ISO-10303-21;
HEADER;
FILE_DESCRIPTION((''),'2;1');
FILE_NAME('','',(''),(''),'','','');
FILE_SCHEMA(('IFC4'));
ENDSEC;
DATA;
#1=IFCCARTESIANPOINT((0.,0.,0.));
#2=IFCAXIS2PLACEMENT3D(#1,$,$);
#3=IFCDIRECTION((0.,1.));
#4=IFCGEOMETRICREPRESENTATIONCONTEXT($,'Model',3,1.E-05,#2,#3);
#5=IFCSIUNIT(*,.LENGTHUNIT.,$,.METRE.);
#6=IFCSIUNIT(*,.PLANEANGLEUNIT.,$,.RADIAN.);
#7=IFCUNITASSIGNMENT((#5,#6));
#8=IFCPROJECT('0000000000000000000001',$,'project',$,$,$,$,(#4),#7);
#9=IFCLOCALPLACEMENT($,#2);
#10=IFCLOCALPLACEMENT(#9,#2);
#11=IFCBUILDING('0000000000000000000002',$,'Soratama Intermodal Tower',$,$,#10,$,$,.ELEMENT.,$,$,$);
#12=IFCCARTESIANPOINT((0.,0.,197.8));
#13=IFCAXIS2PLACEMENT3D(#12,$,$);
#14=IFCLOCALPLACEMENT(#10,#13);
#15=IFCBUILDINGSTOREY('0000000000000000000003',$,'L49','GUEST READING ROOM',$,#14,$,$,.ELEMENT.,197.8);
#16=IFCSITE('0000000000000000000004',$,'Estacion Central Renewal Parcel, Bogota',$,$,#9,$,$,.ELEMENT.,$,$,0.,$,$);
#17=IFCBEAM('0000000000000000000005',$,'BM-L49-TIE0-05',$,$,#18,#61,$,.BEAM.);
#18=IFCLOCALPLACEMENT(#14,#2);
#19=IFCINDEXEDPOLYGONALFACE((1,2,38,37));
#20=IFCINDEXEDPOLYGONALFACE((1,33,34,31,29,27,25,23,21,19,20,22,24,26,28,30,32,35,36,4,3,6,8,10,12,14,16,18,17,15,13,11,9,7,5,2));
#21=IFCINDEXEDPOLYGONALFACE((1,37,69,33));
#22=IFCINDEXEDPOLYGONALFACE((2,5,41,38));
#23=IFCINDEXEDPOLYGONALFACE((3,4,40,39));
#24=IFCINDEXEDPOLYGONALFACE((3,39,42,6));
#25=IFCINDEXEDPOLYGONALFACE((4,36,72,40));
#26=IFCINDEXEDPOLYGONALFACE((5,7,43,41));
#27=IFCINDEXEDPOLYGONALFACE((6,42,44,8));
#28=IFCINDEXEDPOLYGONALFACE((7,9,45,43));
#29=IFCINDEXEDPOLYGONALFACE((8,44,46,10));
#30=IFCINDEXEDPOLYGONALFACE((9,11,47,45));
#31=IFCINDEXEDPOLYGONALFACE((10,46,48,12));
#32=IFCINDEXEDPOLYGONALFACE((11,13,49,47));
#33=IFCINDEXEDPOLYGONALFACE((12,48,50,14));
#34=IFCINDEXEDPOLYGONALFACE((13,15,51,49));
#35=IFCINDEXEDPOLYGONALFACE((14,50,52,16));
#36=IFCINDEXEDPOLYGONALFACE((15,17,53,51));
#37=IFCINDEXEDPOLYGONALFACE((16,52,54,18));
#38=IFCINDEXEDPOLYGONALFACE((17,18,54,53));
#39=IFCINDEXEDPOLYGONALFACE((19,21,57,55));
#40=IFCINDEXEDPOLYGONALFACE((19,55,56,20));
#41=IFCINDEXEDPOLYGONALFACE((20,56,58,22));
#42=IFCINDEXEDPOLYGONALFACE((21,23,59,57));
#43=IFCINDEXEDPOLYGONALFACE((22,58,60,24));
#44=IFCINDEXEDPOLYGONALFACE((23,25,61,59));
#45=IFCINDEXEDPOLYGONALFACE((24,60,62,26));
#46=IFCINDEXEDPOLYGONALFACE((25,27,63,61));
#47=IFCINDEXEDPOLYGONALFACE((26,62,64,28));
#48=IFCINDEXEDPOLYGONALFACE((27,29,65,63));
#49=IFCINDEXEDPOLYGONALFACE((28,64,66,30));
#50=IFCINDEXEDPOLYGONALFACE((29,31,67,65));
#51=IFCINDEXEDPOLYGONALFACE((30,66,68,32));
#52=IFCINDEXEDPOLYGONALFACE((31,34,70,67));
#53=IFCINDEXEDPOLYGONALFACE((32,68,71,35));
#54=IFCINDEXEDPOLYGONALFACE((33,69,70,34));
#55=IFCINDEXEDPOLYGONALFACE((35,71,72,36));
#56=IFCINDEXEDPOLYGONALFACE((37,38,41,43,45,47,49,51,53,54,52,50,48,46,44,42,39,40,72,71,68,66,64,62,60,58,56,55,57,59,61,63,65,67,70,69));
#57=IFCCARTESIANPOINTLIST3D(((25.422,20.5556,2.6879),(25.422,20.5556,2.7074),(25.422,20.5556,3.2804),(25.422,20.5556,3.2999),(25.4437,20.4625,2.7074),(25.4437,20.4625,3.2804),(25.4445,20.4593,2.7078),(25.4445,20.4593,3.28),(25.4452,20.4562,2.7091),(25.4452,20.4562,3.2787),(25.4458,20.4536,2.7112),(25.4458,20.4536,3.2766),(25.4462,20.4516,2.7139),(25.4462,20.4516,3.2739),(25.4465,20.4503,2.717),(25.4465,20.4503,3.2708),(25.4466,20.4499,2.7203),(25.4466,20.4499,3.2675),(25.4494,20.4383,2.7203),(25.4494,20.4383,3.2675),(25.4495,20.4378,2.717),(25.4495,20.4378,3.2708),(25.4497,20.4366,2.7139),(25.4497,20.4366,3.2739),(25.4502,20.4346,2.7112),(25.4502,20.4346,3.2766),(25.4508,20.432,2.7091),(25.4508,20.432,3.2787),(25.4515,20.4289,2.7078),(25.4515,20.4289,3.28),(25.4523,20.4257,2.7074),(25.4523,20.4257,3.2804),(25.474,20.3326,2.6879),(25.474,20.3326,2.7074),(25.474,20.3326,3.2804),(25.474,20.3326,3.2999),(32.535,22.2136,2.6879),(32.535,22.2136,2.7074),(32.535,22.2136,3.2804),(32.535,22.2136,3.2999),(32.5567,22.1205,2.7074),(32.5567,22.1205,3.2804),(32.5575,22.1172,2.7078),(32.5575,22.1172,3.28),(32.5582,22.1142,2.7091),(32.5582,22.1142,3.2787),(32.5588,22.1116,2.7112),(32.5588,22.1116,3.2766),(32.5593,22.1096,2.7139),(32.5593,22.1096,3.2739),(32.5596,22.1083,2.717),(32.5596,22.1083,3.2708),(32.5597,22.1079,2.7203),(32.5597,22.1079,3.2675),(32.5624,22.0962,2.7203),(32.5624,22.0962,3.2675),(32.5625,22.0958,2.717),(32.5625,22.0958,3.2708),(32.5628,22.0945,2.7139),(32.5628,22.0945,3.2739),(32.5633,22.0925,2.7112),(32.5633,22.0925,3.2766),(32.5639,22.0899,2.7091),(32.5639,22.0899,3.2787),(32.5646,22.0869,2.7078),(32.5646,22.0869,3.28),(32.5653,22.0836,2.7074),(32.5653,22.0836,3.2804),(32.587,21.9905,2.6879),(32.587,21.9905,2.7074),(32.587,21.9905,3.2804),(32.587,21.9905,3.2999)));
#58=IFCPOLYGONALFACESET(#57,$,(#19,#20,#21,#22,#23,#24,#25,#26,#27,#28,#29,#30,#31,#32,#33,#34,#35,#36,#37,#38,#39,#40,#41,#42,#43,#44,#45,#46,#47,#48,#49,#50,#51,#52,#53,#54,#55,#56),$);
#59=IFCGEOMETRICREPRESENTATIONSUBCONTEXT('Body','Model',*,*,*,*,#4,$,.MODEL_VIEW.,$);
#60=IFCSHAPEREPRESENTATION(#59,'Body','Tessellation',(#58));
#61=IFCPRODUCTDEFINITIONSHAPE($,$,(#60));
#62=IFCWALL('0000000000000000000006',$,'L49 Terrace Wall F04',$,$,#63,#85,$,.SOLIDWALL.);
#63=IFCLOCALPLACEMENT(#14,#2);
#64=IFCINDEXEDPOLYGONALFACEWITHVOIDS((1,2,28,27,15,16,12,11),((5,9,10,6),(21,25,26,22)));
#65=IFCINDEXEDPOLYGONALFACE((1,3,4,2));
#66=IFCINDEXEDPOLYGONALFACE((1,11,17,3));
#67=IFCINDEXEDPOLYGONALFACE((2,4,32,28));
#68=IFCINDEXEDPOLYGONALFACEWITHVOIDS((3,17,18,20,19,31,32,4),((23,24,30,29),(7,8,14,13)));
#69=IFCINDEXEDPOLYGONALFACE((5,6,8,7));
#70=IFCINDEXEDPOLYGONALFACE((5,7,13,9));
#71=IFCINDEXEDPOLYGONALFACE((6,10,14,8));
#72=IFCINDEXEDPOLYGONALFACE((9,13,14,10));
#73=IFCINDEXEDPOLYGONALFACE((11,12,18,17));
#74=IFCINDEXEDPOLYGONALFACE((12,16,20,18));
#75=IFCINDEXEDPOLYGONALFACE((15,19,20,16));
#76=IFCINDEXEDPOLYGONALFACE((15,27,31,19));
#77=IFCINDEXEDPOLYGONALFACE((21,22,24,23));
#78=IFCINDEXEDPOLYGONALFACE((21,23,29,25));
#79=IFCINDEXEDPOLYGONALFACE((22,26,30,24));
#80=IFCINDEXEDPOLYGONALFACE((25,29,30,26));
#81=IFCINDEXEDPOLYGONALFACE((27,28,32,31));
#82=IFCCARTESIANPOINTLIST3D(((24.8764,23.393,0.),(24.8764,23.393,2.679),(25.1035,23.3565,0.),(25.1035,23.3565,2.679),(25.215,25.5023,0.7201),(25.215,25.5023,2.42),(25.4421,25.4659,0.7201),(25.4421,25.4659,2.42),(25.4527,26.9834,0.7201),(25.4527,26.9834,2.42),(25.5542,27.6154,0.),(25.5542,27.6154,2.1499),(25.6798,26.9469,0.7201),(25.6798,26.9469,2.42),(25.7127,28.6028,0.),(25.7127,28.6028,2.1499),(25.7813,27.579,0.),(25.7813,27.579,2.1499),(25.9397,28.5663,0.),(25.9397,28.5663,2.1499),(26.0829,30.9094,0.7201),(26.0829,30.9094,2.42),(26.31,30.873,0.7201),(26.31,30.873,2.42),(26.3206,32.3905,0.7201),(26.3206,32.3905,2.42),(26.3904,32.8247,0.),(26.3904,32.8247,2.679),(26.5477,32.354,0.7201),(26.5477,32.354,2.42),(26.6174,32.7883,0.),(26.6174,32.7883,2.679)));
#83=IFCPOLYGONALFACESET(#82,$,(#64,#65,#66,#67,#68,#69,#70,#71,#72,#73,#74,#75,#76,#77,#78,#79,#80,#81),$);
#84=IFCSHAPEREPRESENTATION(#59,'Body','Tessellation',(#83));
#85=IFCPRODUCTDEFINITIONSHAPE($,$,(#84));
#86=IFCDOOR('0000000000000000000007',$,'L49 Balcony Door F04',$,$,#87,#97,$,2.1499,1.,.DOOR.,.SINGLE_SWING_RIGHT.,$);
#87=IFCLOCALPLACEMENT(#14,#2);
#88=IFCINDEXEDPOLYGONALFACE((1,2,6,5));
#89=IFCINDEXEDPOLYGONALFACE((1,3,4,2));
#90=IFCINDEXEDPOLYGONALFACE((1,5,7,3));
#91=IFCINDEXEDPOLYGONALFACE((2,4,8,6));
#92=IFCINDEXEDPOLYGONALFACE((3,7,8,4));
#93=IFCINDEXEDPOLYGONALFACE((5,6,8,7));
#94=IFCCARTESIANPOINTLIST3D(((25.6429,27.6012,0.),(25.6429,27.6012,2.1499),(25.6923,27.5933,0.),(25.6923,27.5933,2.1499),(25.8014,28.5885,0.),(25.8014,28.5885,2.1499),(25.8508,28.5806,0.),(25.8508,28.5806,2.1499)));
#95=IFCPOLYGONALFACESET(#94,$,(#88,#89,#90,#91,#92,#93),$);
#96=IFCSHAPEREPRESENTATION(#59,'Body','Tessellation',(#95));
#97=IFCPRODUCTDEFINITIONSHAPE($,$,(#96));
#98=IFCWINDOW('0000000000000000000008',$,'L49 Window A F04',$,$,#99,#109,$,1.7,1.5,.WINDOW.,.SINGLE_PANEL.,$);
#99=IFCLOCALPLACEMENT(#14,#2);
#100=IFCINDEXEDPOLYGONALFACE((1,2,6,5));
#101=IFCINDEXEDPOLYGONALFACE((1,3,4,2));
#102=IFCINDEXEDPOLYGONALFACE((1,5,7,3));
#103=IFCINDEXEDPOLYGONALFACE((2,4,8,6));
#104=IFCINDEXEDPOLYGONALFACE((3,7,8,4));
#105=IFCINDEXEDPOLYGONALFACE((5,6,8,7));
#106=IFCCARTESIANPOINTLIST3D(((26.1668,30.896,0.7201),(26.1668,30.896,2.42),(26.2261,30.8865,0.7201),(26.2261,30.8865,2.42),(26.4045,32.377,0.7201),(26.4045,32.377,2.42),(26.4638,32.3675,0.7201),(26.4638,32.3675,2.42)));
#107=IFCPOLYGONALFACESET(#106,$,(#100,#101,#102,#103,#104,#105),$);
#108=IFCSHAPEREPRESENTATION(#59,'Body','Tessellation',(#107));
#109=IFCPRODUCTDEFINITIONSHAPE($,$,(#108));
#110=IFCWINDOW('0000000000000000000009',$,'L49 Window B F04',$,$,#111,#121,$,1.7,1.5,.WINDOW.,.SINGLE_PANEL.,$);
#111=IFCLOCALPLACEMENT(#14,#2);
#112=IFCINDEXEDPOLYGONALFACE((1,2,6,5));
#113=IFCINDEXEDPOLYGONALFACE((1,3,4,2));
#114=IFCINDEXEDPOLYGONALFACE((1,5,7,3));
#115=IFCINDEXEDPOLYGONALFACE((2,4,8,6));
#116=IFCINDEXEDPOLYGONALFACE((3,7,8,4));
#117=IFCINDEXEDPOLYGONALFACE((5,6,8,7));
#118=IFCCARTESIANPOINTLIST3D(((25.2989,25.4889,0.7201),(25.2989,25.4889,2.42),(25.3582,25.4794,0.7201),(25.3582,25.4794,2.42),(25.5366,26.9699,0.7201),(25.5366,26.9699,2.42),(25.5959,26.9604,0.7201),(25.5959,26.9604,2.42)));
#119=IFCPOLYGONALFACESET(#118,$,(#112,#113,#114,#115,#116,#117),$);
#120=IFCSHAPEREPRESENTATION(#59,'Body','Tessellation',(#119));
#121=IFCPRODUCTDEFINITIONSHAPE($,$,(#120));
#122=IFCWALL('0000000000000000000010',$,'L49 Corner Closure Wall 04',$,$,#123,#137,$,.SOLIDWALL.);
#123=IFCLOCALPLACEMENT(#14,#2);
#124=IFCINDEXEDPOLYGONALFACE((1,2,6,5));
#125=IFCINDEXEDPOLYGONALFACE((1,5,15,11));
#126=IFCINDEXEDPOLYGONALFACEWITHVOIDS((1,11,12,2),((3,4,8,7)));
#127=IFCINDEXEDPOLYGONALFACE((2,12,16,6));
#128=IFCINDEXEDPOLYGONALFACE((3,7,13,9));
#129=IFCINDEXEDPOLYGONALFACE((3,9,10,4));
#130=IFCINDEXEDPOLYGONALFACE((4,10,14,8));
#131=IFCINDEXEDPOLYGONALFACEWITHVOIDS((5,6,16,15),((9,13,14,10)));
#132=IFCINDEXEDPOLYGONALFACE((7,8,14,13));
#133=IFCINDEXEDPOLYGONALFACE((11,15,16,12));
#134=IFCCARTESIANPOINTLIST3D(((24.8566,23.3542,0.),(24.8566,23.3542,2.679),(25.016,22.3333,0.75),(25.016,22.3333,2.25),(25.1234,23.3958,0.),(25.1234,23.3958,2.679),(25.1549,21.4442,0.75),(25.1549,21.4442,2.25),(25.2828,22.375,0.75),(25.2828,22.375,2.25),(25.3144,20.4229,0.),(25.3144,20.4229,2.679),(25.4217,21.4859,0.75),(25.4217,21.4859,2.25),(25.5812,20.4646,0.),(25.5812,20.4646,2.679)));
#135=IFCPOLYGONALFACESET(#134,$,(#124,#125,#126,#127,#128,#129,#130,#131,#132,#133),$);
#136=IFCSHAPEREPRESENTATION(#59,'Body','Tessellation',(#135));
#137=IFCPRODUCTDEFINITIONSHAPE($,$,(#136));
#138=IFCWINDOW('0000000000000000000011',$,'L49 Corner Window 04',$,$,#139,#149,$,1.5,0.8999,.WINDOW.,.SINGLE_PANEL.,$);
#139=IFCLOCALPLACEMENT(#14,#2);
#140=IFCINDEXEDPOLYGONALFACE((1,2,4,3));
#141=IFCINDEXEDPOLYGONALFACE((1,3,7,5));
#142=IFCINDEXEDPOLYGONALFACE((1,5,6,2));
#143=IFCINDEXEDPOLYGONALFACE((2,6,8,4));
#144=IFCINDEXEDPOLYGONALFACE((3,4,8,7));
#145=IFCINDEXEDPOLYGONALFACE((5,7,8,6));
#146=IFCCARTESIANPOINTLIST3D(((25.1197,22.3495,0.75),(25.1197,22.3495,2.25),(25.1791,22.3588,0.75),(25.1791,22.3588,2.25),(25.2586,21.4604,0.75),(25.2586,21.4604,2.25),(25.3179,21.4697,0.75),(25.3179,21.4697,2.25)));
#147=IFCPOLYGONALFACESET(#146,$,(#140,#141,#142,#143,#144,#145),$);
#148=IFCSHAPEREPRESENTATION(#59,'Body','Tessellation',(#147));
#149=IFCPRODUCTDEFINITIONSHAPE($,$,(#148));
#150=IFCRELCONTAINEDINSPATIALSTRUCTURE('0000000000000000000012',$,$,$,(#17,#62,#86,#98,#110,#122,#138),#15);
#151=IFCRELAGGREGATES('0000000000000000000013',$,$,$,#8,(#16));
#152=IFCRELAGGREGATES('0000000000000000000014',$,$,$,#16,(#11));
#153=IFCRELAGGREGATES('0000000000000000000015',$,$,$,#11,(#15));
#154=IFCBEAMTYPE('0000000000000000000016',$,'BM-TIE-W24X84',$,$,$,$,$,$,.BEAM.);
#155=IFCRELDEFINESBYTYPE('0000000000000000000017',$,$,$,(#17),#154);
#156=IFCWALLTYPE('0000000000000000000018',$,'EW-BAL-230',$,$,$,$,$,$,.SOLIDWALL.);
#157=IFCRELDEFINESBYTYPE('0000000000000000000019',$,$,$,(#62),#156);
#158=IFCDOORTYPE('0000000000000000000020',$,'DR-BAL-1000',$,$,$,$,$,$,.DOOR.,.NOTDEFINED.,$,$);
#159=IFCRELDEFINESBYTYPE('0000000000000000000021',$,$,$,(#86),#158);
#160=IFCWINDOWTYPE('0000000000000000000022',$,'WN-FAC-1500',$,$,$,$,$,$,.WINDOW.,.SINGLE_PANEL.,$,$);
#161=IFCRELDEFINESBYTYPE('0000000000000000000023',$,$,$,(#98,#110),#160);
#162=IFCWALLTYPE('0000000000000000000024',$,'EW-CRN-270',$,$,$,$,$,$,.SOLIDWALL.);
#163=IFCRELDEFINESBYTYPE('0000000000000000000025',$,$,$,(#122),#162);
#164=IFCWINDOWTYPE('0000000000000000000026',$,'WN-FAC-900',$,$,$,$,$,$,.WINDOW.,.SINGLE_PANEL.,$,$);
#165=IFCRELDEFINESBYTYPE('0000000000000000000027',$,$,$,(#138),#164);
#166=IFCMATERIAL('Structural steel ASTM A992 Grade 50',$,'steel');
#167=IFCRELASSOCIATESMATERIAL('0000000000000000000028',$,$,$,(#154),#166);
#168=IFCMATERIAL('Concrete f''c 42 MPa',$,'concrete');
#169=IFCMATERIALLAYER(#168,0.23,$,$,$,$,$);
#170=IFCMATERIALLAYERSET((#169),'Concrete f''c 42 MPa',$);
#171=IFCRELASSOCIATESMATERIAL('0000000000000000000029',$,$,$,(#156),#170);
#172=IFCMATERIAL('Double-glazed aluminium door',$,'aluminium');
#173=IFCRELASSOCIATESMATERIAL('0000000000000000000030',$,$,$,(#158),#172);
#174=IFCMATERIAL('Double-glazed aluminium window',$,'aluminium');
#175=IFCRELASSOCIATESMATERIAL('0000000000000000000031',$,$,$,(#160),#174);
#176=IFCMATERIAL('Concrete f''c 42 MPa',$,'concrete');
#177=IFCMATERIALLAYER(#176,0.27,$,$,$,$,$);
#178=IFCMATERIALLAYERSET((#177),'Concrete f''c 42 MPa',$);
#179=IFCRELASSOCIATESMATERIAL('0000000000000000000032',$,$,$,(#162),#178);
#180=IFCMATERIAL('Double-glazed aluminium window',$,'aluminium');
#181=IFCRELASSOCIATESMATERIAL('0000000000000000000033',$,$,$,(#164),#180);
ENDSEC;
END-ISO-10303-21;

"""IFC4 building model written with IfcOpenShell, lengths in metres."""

from ifc_helpers import new_model, si_unit, direction, frame, frame_2d, origin, origin_2d, place, context, subcontext, project, spatial, rectangle, i_section, extrude, material, layer, layer_set, material_profile, profile_set, type_object, element, fill, save


model = new_model("IFC4")

# Units and contexts
model_context = context("Model", 3, precision=1e-05, world=origin(), true_north=direction((0.0, 1.0)))
body_context = subcontext(model_context, "Body", "Model", "MODEL_VIEW")
ifc_project = project(units=[si_unit("LENGTHUNIT", "METRE"), si_unit("PLANEANGLEUNIT", "RADIAN")], contexts=[model_context])

# Site, building, storey
site_placement = place(None, origin())
site = spatial("IfcSite", under=ifc_project, at=site_placement, Name="Estacion Central Renewal Parcel, Bogota", CompositionType="ELEMENT", RefElevation=0.0)
building_placement = place(site_placement, origin())
building = spatial("IfcBuilding", under=site, at=building_placement, Name="Soratama Intermodal Tower", CompositionType="ELEMENT")
storey_placement = place(building_placement, frame((0.0, 0.0, 197.8)))
storey = spatial("IfcBuildingStorey", under=building, at=storey_placement, Name="L49", Description="GUEST READING ROOM", CompositionType="ELEMENT", Elevation=197.8)

# Beam
ifc_material_1 = material(Name="Structural steel ASTM A992 Grade 50", Category="steel")
ifc_material_profile_1 = material_profile(ifc_material_1, i_section(OverallWidth=0.229, OverallDepth=0.6121, WebThickness=0.012, FlangeThickness=0.0195, FilletRadius=0.0129, at=origin_2d()), Name="W24X84")
ifc_profile_set_1 = profile_set([ifc_material_profile_1], Name="Structural steel ASTM A992 Grade 50")
beam_type_1 = type_object("IfcBeamType", Name="BM-TIE-W24X84", PredefinedType="BEAM", material=ifc_profile_set_1)
beam_1_placement = place(storey_placement, frame((32.561, 22.1021, 2.9939), z_axis=(-0.973894, -0.227002, 0.0), x_axis=(0.227002, -0.973894, 0.0)))
element("IfcBeam", 1, at=beam_1_placement, inside=storey, type_object=beam_type_1, Name="BM-L49-TIE0-05", PredefinedType="BEAM", context=body_context, shape_type="SweptSolid", body=[
    extrude(i_section(OverallWidth=0.229, OverallDepth=0.6121, WebThickness=0.012, FlangeThickness=0.0195, FilletRadius=0.0129, at=origin_2d()), origin(), (0.0, 0.0, 1.0), 7.3037),
])

# Wall, openings, door, windows
ifc_material_2 = material(Name="Concrete f'c 42 MPa", Category="concrete")
ifc_layer_1 = layer(ifc_material_2, 0.23)
ifc_layer_set_1 = layer_set([ifc_layer_1], Name="Concrete f'c 42 MPa")
wall_type_1 = type_object("IfcWallType", Name="EW-BAL-230", PredefinedType="SOLIDWALL", material=ifc_layer_set_1)
wall_1_placement = place(storey_placement, frame((26.5039, 32.8066, 0.0), z_axis=(0.0, 0.0, 1.0), x_axis=(-0.158486, -0.987361, 0.0)))
wall_1 = element("IfcWall", 2, at=wall_1_placement, inside=storey, type_object=wall_type_1, Name="L49 Terrace Wall F04", PredefinedType="SOLIDWALL", context=body_context, shape_type="SweptSolid", body=[
    extrude(rectangle(XDim=9.5525, YDim=0.23, at=frame_2d((4.7764, 0.0))), origin(), (0.0, 0.0, 1.0), 2.679),
])
opening_1_placement = place(wall_1_placement, frame((4.2761, 0.0, 0.0)))
opening_1 = element("IfcOpeningElement", 3, at=opening_1_placement, cuts=wall_1, PredefinedType="OPENING", context=body_context, shape_type="SweptSolid", body=[
    extrude(rectangle(XDim=1.0, YDim=2.1499, at=frame_2d((0.5, 1.075))), frame((0.0, 0.125, 0.0), z_axis=(0.0, -1.0, 0.0), x_axis=(1.0, 0.0, 0.0)), (0.0, 0.0, 1.0), 0.25),
])
opening_2_placement = place(wall_1_placement, frame((0.4399, 0.0, 0.72)))
opening_2 = element("IfcOpeningElement", 4, at=opening_2_placement, cuts=wall_1, PredefinedType="OPENING", context=body_context, shape_type="SweptSolid", body=[
    extrude(rectangle(XDim=1.5, YDim=1.7, at=frame_2d((0.75, 0.8501))), frame((0.0, 0.125, 0.0), z_axis=(0.0, -1.0, 0.0), x_axis=(1.0, 0.0, 0.0)), (0.0, 0.0, 1.0), 0.25),
])
opening_3_placement = place(wall_1_placement, frame((5.9163, 0.0, 0.72)))
opening_3 = element("IfcOpeningElement", 5, at=opening_3_placement, cuts=wall_1, PredefinedType="OPENING", context=body_context, shape_type="SweptSolid", body=[
    extrude(rectangle(XDim=1.5, YDim=1.7, at=frame_2d((0.75, 0.8501))), frame((0.0, 0.125, 0.0), z_axis=(0.0, -1.0, 0.0), x_axis=(1.0, 0.0, 0.0)), (0.0, 0.0, 1.0), 0.25),
])
ifc_material_3 = material(Name="Double-glazed aluminium door", Category="aluminium")
door_type_1 = type_object("IfcDoorType", Name="DR-BAL-1000", OperationType="NOTDEFINED", PredefinedType="DOOR", material=ifc_material_3)
door_1_placement = place(opening_1_placement, origin())
door_1 = element("IfcDoor", 6, at=door_1_placement, inside=storey, type_object=door_type_1, Name="L49 Balcony Door F04", OperationType="SINGLE_SWING_RIGHT", OverallHeight=2.1499, OverallWidth=1.0, PredefinedType="DOOR", context=body_context, shape_type="SweptSolid", body=[
    extrude(rectangle(XDim=1.0, YDim=2.1499, at=frame_2d((0.5, 1.075))), frame((0.0, 0.0249, 0.0), z_axis=(0.0, -1.0, 0.0), x_axis=(1.0, 0.0, 0.0)), (0.0, 0.0, 1.0), 0.05),
])
fill(opening_1, door_1)
ifc_material_4 = material(Name="Double-glazed aluminium window", Category="aluminium")
window_type_1 = type_object("IfcWindowType", Name="WN-FAC-1500", PartitioningType="SINGLE_PANEL", PredefinedType="WINDOW", material=ifc_material_4)
window_1_placement = place(opening_2_placement, origin())
window_1 = element("IfcWindow", 7, at=window_1_placement, inside=storey, type_object=window_type_1, Name="L49 Window A F04", OverallHeight=1.7, OverallWidth=1.5, PartitioningType="SINGLE_PANEL", PredefinedType="WINDOW", context=body_context, shape_type="SweptSolid", body=[
    extrude(rectangle(XDim=1.5, YDim=1.7, at=frame_2d((0.75, 0.8501))), frame((0.0, 0.03, 0.0), z_axis=(0.0, -1.0, 0.0), x_axis=(1.0, 0.0, 0.0)), (0.0, 0.0, 1.0), 0.0601),
])
fill(opening_2, window_1)
window_2_placement = place(opening_3_placement, origin())
window_2 = element("IfcWindow", 8, at=window_2_placement, inside=storey, type_object=window_type_1, Name="L49 Window B F04", OverallHeight=1.7, OverallWidth=1.5, PartitioningType="SINGLE_PANEL", PredefinedType="WINDOW", context=body_context, shape_type="SweptSolid", body=[
    extrude(rectangle(XDim=1.5, YDim=1.7, at=frame_2d((0.75, 0.8501))), frame((0.0, 0.03, 0.0), z_axis=(0.0, -1.0, 0.0), x_axis=(1.0, 0.0, 0.0)), (0.0, 0.0, 1.0), 0.0601),
])
fill(opening_3, window_2)

# Wall, opening, window
ifc_material_5 = material(Name="Concrete f'c 42 MPa", Category="concrete")
ifc_layer_2 = layer(ifc_material_5, 0.27)
ifc_layer_set_2 = layer_set([ifc_layer_2], Name="Concrete f'c 42 MPa")
wall_type_2 = type_object("IfcWallType", Name="EW-CRN-270", PredefinedType="SOLIDWALL", material=ifc_layer_set_2)
wall_2_placement = place(storey_placement, frame((24.99, 23.375, 0.0), z_axis=(0.0, 0.0, 1.0), x_axis=(0.154302, -0.988024, 0.0)))
wall_2 = element("IfcWall", 9, at=wall_2_placement, inside=storey, type_object=wall_type_2, Name="L49 Corner Closure Wall 04", PredefinedType="SOLIDWALL", context=body_context, shape_type="SweptSolid", body=[
    extrude(rectangle(XDim=2.9668, YDim=0.27, at=frame_2d((1.4834, 0.0))), origin(), (0.0, 0.0, 1.0), 2.679),
])
opening_4_placement = place(wall_2_placement, frame((1.0332, 0.0, 0.75)))
opening_4 = element("IfcOpeningElement", 10, at=opening_4_placement, cuts=wall_2, PredefinedType="OPENING", context=body_context, shape_type="SweptSolid", body=[
    extrude(rectangle(XDim=0.8999, YDim=1.5, at=frame_2d((0.45, 0.75))), frame((0.0, 0.145, 0.0), z_axis=(0.0, -1.0, 0.0), x_axis=(1.0, 0.0, 0.0)), (0.0, 0.0, 1.0), 0.29),
])
ifc_material_6 = material(Name="Double-glazed aluminium window", Category="aluminium")
window_type_2 = type_object("IfcWindowType", Name="WN-FAC-900", PartitioningType="SINGLE_PANEL", PredefinedType="WINDOW", material=ifc_material_6)
window_3_placement = place(opening_4_placement, origin())
window_3 = element("IfcWindow", 11, at=window_3_placement, inside=storey, type_object=window_type_2, Name="L49 Corner Window 04", OverallHeight=1.5, OverallWidth=0.8999, PartitioningType="SINGLE_PANEL", PredefinedType="WINDOW", context=body_context, shape_type="SweptSolid", body=[
    extrude(rectangle(XDim=0.8999, YDim=1.5, at=frame_2d((0.45, 0.75))), frame((0.0, 0.03, 0.0), z_axis=(0.0, -1.0, 0.0), x_axis=(1.0, 0.0, 0.0)), (0.0, 0.0, 1.0), 0.0601),
])
fill(opening_4, window_3)

save(model, "model.ifc")
